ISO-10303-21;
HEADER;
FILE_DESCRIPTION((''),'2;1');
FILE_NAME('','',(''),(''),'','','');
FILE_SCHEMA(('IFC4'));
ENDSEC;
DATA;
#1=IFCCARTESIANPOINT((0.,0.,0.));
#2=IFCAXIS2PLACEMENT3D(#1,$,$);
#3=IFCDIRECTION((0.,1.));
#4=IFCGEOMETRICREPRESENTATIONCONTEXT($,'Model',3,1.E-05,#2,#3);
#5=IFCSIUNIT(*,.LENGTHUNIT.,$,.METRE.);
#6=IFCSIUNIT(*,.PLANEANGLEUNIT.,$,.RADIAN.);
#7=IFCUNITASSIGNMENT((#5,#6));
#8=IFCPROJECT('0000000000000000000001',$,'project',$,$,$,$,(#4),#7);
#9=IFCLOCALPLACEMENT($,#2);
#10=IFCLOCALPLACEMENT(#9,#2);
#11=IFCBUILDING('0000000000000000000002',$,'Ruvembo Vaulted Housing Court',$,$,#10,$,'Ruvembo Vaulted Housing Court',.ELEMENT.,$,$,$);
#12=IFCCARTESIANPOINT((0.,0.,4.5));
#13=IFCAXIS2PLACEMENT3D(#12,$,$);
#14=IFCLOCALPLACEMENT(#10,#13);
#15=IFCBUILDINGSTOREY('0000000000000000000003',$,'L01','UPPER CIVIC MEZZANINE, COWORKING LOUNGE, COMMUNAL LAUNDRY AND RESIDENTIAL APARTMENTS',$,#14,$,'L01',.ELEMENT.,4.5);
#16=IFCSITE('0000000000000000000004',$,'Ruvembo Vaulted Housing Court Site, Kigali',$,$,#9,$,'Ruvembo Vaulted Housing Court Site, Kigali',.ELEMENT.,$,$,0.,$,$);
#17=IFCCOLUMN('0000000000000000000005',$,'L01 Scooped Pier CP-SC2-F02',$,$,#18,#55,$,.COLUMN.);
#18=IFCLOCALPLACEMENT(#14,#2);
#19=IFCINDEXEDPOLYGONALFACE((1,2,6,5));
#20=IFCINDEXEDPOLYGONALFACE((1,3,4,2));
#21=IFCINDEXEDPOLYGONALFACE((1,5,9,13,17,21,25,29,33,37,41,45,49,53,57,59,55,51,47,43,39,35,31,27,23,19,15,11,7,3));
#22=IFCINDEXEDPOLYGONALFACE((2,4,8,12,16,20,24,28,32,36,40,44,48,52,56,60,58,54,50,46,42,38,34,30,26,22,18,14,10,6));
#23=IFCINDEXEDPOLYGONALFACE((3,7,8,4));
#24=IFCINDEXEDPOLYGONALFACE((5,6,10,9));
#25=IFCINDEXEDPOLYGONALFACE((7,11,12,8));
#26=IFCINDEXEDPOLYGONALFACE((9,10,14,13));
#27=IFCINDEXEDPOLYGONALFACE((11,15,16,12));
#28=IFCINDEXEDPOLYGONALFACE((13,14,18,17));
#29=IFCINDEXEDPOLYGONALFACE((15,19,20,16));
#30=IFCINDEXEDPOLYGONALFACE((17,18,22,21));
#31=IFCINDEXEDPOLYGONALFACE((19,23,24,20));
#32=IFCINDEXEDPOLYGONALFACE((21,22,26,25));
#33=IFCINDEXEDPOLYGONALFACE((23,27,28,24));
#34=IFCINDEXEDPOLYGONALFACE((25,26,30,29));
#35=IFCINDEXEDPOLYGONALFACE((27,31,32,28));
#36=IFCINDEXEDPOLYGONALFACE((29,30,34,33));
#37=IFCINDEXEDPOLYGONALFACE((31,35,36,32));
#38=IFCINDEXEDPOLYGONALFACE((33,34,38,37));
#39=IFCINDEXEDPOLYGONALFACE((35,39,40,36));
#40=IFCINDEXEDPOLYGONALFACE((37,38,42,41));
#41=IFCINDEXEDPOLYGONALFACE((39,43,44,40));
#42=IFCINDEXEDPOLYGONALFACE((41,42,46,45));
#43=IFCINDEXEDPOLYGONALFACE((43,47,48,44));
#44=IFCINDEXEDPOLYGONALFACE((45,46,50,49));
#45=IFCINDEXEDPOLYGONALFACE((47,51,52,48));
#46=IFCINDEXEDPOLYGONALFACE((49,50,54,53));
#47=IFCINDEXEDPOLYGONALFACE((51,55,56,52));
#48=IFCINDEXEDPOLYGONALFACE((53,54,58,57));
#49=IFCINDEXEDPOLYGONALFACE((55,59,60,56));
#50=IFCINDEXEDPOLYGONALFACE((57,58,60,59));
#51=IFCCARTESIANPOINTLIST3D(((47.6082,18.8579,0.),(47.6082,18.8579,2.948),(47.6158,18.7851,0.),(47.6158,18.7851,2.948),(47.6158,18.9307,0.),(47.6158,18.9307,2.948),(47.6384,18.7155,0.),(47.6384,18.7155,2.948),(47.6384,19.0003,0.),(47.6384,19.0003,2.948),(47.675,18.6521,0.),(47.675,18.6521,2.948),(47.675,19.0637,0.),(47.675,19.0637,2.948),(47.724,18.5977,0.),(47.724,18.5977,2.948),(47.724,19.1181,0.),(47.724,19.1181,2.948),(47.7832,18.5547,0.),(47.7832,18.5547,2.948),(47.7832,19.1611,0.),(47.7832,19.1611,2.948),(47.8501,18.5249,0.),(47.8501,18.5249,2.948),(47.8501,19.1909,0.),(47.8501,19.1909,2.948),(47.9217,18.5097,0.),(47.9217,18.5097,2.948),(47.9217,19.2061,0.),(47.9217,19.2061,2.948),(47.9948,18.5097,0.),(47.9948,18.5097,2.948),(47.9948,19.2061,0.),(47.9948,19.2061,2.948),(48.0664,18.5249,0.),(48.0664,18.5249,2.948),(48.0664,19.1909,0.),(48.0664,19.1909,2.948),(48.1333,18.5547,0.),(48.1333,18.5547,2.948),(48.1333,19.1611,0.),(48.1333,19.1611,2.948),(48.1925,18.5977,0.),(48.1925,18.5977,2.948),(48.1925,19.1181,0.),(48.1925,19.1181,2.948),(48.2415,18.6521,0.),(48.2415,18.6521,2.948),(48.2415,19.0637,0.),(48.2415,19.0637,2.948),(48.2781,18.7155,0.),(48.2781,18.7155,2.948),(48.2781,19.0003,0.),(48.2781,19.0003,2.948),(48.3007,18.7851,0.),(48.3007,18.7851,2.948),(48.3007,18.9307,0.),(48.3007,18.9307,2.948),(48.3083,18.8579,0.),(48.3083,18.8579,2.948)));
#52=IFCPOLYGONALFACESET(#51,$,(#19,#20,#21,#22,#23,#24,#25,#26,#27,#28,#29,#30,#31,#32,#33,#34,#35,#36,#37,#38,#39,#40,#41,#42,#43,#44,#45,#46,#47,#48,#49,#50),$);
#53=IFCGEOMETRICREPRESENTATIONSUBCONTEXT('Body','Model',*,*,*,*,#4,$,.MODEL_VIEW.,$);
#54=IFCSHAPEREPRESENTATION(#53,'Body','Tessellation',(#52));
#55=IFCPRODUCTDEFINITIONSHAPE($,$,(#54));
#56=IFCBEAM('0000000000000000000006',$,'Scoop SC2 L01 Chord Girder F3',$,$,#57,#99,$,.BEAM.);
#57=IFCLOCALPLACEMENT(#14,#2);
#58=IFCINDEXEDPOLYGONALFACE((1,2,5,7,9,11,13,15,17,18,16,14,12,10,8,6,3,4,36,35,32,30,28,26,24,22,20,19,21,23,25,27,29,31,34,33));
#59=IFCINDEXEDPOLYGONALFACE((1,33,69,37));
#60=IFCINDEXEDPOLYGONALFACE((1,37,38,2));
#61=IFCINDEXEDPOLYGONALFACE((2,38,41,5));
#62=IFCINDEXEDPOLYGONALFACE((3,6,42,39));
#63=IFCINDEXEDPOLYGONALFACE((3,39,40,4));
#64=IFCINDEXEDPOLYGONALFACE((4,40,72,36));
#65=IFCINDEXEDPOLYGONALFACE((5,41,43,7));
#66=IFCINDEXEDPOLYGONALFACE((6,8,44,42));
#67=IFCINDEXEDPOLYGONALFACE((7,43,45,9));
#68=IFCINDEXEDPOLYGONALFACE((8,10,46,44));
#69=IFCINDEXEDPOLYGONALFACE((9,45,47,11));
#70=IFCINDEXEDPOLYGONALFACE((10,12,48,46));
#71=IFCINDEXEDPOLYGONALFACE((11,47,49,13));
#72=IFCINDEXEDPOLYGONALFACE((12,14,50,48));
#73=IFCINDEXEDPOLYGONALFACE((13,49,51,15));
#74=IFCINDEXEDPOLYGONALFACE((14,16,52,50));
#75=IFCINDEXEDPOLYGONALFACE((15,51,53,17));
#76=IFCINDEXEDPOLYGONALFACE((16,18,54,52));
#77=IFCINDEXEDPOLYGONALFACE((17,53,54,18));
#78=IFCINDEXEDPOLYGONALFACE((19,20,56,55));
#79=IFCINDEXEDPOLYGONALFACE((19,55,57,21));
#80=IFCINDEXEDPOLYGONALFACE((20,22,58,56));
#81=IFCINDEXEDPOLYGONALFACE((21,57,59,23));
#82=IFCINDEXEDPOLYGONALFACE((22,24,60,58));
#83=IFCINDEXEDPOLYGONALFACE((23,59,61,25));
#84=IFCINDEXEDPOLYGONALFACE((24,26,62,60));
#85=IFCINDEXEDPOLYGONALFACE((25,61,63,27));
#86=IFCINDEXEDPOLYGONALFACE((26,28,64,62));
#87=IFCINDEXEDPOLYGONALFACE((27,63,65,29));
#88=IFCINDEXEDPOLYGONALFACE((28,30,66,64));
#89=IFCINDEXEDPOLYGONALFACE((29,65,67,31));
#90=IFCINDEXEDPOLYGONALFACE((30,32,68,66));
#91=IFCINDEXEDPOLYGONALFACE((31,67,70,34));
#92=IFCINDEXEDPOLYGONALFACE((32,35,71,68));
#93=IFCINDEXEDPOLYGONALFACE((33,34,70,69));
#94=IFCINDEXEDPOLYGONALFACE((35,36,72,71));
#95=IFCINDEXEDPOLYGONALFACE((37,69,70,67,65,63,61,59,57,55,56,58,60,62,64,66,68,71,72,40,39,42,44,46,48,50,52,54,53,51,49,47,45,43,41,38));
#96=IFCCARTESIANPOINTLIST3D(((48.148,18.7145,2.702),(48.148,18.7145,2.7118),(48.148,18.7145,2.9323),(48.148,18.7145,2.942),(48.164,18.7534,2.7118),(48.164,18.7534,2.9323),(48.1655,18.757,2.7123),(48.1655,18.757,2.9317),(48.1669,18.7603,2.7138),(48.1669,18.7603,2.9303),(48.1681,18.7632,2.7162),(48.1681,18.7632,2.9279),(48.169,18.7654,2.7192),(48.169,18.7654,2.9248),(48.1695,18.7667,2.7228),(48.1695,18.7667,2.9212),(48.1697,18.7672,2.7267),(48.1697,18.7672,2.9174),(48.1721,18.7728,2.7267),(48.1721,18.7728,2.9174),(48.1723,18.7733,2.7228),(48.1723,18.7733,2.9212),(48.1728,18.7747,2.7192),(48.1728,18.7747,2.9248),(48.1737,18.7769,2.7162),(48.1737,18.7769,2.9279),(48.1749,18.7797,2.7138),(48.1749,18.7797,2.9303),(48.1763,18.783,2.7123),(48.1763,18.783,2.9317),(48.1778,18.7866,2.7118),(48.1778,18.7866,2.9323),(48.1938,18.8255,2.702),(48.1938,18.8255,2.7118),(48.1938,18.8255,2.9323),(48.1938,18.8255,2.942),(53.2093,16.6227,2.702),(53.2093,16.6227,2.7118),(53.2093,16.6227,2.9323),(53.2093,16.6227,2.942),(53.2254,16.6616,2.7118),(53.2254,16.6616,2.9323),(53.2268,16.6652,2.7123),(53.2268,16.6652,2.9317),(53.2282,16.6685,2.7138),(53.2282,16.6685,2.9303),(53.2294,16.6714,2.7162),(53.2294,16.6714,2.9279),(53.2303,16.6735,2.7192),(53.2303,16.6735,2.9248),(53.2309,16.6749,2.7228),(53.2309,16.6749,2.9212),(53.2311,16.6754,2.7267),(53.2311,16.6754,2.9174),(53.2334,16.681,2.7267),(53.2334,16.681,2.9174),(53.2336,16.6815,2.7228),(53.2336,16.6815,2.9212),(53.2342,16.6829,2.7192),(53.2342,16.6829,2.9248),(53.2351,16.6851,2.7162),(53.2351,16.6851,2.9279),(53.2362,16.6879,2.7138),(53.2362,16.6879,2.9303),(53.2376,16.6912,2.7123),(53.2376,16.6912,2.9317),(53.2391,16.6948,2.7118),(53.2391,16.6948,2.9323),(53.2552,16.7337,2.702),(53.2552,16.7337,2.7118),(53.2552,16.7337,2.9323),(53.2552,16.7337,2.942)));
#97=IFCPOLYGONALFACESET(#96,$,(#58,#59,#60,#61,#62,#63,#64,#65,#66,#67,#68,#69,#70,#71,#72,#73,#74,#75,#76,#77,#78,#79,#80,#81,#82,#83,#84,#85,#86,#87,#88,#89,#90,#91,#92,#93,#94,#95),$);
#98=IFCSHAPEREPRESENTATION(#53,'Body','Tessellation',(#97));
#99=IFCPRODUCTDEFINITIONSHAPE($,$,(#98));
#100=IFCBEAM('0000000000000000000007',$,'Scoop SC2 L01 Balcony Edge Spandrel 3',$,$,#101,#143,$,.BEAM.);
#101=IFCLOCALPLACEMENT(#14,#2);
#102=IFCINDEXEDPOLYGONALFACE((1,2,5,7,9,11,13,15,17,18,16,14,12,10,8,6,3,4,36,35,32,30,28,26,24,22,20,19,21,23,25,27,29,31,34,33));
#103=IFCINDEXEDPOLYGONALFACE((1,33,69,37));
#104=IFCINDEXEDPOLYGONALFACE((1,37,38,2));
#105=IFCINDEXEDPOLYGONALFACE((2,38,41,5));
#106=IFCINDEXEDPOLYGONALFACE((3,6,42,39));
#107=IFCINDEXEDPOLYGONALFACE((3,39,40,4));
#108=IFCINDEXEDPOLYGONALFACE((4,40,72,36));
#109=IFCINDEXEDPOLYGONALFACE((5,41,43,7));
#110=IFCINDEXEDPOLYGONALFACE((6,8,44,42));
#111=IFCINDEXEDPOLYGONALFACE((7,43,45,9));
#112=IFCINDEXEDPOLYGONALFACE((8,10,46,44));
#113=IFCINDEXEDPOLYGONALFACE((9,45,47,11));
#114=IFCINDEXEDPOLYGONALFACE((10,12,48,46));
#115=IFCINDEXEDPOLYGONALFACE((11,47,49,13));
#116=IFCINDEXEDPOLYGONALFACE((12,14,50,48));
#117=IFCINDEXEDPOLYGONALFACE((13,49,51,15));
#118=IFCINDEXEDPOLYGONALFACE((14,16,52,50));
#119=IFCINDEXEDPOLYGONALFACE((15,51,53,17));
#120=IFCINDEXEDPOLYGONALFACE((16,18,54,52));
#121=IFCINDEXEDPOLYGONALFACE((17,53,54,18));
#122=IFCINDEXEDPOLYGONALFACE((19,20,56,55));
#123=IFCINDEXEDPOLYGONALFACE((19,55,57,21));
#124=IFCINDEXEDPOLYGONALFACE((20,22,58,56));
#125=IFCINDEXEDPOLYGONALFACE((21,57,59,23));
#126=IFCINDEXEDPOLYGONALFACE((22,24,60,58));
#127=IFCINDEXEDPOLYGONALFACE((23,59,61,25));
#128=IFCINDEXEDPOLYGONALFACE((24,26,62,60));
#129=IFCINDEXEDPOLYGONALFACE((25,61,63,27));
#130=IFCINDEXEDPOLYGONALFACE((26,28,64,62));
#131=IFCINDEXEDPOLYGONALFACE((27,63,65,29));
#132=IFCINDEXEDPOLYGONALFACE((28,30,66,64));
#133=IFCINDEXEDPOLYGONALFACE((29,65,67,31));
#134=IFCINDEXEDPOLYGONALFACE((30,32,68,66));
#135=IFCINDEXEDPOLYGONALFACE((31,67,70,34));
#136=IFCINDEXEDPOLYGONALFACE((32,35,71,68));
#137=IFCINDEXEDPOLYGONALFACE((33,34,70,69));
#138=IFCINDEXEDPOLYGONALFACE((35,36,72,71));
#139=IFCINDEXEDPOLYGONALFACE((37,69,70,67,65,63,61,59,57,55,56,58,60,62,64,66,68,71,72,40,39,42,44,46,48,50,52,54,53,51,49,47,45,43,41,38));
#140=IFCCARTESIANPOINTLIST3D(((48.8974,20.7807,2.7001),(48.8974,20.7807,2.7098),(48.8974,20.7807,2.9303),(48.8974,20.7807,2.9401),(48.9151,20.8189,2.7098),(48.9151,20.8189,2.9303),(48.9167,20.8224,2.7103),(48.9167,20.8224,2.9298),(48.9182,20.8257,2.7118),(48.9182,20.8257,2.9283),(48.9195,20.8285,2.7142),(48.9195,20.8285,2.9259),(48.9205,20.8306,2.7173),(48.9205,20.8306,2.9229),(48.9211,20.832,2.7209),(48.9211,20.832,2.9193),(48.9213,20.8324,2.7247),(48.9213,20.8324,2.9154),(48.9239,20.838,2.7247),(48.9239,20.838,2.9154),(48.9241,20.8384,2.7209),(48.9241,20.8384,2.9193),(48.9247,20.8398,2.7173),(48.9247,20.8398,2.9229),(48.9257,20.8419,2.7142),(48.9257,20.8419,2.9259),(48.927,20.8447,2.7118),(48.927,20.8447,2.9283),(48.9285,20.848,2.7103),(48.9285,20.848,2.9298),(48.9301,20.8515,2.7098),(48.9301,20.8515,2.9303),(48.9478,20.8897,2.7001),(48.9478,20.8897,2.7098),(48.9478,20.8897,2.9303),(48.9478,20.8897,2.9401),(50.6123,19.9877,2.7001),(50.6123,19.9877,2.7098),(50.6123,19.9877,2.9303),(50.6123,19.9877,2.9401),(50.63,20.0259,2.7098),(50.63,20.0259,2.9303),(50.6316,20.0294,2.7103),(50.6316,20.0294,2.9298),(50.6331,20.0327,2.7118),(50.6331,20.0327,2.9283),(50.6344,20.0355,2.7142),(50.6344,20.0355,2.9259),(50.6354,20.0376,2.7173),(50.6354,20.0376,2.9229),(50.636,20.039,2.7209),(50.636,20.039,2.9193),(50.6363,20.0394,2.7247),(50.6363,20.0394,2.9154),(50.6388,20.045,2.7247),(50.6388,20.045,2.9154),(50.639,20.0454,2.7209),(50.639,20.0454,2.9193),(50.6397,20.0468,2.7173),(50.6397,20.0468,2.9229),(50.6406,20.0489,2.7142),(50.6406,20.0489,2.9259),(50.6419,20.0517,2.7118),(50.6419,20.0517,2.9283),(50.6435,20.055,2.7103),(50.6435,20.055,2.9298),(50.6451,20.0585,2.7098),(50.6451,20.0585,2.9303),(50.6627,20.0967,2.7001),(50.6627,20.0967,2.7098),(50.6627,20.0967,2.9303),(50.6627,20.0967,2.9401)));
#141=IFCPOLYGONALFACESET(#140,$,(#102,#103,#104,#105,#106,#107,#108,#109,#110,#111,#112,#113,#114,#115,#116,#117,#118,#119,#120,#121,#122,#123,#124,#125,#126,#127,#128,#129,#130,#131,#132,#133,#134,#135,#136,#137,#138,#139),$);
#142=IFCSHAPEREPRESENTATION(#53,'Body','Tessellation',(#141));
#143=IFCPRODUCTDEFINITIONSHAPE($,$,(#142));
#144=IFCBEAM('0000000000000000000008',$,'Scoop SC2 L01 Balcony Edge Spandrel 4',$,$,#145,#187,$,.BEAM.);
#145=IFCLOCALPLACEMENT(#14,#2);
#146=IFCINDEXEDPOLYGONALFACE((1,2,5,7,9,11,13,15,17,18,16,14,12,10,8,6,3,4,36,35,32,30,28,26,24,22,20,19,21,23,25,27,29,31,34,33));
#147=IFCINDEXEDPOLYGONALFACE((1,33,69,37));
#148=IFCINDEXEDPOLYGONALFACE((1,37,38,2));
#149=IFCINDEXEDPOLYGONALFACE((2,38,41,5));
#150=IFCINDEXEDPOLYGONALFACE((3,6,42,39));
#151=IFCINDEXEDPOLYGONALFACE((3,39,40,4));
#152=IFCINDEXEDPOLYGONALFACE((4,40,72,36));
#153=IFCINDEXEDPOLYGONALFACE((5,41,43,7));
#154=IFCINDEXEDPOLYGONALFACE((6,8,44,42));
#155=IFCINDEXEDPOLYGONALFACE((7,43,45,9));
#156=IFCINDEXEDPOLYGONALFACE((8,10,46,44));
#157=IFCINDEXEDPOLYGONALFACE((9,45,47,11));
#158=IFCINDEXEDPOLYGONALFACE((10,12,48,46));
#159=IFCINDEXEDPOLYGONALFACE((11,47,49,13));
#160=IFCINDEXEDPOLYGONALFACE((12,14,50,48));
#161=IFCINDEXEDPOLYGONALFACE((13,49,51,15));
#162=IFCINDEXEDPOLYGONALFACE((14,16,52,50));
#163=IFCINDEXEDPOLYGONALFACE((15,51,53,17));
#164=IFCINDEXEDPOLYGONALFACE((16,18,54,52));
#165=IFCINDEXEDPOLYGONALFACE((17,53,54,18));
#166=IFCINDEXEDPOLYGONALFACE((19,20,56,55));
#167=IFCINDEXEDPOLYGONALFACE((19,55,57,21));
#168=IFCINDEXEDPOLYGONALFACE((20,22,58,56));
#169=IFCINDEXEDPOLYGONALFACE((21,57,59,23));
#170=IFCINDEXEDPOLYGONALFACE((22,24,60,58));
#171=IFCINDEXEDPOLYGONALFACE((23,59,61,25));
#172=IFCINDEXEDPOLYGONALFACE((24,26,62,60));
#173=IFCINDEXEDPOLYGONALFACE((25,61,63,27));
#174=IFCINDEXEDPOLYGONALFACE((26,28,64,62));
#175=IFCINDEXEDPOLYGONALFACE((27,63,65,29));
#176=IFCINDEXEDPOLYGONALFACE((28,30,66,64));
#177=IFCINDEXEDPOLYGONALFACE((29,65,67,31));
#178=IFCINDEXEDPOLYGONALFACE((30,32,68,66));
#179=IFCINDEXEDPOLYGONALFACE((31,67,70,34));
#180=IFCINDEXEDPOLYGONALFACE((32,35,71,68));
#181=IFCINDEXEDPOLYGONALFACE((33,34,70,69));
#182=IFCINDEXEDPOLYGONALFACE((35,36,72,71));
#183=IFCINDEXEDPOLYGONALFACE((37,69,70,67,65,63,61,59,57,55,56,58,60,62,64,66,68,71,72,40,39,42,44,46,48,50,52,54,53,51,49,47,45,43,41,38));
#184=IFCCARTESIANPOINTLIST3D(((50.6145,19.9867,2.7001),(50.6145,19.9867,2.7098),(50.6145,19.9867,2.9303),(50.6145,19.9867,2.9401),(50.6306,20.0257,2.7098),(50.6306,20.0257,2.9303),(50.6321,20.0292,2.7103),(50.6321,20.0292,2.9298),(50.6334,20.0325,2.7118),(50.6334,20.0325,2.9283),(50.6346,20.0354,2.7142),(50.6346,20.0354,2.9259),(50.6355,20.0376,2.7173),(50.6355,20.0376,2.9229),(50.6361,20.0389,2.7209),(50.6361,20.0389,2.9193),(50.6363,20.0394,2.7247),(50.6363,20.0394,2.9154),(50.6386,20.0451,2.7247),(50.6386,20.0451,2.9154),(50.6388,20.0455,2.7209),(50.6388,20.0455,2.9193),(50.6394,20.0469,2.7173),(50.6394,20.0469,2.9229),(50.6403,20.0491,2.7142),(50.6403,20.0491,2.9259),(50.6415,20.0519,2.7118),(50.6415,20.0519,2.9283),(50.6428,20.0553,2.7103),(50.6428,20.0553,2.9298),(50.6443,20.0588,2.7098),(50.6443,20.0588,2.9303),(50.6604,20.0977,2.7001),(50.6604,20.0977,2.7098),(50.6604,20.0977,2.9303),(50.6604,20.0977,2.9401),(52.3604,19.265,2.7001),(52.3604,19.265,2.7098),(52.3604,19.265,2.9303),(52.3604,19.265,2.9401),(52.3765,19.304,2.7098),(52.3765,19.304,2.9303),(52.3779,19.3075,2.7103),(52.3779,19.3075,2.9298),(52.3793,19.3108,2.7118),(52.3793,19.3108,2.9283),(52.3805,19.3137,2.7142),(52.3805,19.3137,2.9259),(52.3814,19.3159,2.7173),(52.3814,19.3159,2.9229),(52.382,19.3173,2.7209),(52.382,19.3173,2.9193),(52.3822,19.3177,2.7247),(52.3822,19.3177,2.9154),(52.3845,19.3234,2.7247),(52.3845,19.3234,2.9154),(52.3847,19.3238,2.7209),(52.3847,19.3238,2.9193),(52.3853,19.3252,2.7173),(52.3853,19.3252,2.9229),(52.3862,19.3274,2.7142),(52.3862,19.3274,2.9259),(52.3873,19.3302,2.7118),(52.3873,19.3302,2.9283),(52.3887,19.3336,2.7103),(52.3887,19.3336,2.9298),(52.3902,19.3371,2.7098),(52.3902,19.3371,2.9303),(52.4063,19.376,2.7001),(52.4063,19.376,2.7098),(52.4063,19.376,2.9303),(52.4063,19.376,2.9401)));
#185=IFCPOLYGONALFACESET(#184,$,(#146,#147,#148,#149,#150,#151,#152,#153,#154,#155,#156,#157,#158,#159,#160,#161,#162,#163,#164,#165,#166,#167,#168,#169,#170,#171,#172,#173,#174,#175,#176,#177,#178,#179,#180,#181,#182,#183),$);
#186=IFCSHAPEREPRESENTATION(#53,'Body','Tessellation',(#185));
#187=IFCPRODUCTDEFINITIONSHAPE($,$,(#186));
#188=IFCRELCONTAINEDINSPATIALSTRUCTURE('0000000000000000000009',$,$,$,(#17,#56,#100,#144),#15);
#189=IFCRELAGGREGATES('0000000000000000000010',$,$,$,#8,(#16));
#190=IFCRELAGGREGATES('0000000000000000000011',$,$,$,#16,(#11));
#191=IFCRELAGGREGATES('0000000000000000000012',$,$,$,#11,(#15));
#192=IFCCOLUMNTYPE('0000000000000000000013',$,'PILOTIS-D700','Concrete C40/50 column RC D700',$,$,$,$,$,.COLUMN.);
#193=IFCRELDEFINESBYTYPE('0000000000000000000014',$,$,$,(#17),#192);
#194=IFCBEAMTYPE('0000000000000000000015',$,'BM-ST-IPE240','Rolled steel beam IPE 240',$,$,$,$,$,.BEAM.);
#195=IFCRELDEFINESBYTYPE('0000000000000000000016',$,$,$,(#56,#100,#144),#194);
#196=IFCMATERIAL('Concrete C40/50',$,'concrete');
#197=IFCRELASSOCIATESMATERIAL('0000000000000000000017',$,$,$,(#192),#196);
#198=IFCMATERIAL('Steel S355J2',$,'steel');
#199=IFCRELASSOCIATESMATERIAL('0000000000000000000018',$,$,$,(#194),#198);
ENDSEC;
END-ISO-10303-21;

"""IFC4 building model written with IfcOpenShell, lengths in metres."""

from ifc_helpers import new_model, si_unit, direction, frame, origin, origin_2d, place, context, subcontext, project, spatial, circle, i_section, extrude, material, material_profile, profile_set, type_object, element, save


model = new_model("IFC4")

# Units and contexts
model_context = context("Model", 3, precision=1e-05, world=origin(), true_north=direction((0.0, 1.0)))
body_context = subcontext(model_context, "Body", "Model", "MODEL_VIEW")
ifc_project = project(units=[si_unit("LENGTHUNIT", "METRE"), si_unit("PLANEANGLEUNIT", "RADIAN")], contexts=[model_context])

# Site, building, storey
site_placement = place(None, origin())
site = spatial("IfcSite", under=ifc_project, at=site_placement, Name="Ruvembo Vaulted Housing Court Site, Kigali", LongName="Ruvembo Vaulted Housing Court Site, Kigali", CompositionType="ELEMENT", RefElevation=0.0)
building_placement = place(site_placement, origin())
building = spatial("IfcBuilding", under=site, at=building_placement, Name="Ruvembo Vaulted Housing Court", LongName="Ruvembo Vaulted Housing Court", CompositionType="ELEMENT")
storey_placement = place(building_placement, frame((0.0, 0.0, 4.5)))
storey = spatial("IfcBuildingStorey", under=building, at=storey_placement, Name="L01", Description="UPPER CIVIC MEZZANINE, COWORKING LOUNGE, COMMUNAL LAUNDRY AND RESIDENTIAL APARTMENTS", LongName="L01", CompositionType="ELEMENT", Elevation=4.5)

# Column
ifc_material_1 = material(Name="Concrete C40/50", Category="concrete")
ifc_material_profile_1 = material_profile(ifc_material_1, circle(Radius=0.3501, at=origin_2d()), Name="RC D700")
ifc_profile_set_1 = profile_set([ifc_material_profile_1], Name="Concrete C40/50")
column_type = type_object("IfcColumnType", Name="PILOTIS-D700", Description="Concrete C40/50 column RC D700", PredefinedType="COLUMN", material=ifc_profile_set_1)
column_placement = place(storey_placement, frame((47.9583, 18.8579, 0.0), z_axis=(0.0, 0.0, 1.0), x_axis=(1.0, 0.0, 0.0)))
element("IfcColumn", 1, at=column_placement, inside=storey, type_object=column_type, Name="L01 Scooped Pier CP-SC2-F02", PredefinedType="COLUMN", context=body_context, shape_type="SweptSolid", body=[
    extrude(circle(Radius=0.3501, at=origin_2d()), origin(), (0.0, 0.0, 1.0), 2.948),
])

# Beams
ifc_material_2 = material(Name="Steel S355J2", Category="steel")
ifc_material_profile_2 = material_profile(ifc_material_2, i_section(OverallWidth=0.1201, OverallDepth=0.24, WebThickness=0.0061, FlangeThickness=0.0098, FilletRadius=0.0149, at=origin_2d()), Name="IPE 240")
ifc_profile_set_2 = profile_set([ifc_material_profile_2], Name="Steel S355J2")
beam_type = type_object("IfcBeamType", Name="BM-ST-IPE240", Description="Rolled steel beam IPE 240", PredefinedType="BEAM", material=ifc_profile_set_2)
beam_1_placement = place(storey_placement, frame((48.1709, 18.77, 2.822), z_axis=(0.92418, -0.381958, 0.0), x_axis=(0.381958, 0.92418, 0.0)))
element("IfcBeam", 2, at=beam_1_placement, inside=storey, type_object=beam_type, Name="Scoop SC2 L01 Chord Girder F3", PredefinedType="BEAM", context=body_context, shape_type="SweptSolid", body=[
    extrude(i_section(OverallWidth=0.1201, OverallDepth=0.24, WebThickness=0.0061, FlangeThickness=0.0098, FilletRadius=0.0149, at=origin_2d()), origin(), (0.0, 0.0, 1.0), 5.4766),
])
beam_2_placement = place(storey_placement, frame((48.9226, 20.8352, 2.8201), z_axis=(0.907657, -0.419714, 0.0), x_axis=(0.419714, 0.907657, 0.0)))
element("IfcBeam", 3, at=beam_2_placement, inside=storey, type_object=beam_type, Name="Scoop SC2 L01 Balcony Edge Spandrel 3", PredefinedType="BEAM", context=body_context, shape_type="SweptSolid", body=[
    extrude(i_section(OverallWidth=0.1201, OverallDepth=0.24, WebThickness=0.0061, FlangeThickness=0.0098, FilletRadius=0.0149, at=origin_2d()), origin(), (0.0, 0.0, 1.0), 1.8894),
])
beam_3_placement = place(storey_placement, frame((50.6375, 20.0422, 2.8201), z_axis=(0.924155, -0.382017, 0.0), x_axis=(0.382017, 0.924155, 0.0)))
element("IfcBeam", 4, at=beam_3_placement, inside=storey, type_object=beam_type, Name="Scoop SC2 L01 Balcony Edge Spandrel 4", PredefinedType="BEAM", context=body_context, shape_type="SweptSolid", body=[
    extrude(i_section(OverallWidth=0.1201, OverallDepth=0.24, WebThickness=0.0061, FlangeThickness=0.0098, FilletRadius=0.0149, at=origin_2d()), origin(), (0.0, 0.0, 1.0), 1.8892),
])

save(model, "model.ifc")
